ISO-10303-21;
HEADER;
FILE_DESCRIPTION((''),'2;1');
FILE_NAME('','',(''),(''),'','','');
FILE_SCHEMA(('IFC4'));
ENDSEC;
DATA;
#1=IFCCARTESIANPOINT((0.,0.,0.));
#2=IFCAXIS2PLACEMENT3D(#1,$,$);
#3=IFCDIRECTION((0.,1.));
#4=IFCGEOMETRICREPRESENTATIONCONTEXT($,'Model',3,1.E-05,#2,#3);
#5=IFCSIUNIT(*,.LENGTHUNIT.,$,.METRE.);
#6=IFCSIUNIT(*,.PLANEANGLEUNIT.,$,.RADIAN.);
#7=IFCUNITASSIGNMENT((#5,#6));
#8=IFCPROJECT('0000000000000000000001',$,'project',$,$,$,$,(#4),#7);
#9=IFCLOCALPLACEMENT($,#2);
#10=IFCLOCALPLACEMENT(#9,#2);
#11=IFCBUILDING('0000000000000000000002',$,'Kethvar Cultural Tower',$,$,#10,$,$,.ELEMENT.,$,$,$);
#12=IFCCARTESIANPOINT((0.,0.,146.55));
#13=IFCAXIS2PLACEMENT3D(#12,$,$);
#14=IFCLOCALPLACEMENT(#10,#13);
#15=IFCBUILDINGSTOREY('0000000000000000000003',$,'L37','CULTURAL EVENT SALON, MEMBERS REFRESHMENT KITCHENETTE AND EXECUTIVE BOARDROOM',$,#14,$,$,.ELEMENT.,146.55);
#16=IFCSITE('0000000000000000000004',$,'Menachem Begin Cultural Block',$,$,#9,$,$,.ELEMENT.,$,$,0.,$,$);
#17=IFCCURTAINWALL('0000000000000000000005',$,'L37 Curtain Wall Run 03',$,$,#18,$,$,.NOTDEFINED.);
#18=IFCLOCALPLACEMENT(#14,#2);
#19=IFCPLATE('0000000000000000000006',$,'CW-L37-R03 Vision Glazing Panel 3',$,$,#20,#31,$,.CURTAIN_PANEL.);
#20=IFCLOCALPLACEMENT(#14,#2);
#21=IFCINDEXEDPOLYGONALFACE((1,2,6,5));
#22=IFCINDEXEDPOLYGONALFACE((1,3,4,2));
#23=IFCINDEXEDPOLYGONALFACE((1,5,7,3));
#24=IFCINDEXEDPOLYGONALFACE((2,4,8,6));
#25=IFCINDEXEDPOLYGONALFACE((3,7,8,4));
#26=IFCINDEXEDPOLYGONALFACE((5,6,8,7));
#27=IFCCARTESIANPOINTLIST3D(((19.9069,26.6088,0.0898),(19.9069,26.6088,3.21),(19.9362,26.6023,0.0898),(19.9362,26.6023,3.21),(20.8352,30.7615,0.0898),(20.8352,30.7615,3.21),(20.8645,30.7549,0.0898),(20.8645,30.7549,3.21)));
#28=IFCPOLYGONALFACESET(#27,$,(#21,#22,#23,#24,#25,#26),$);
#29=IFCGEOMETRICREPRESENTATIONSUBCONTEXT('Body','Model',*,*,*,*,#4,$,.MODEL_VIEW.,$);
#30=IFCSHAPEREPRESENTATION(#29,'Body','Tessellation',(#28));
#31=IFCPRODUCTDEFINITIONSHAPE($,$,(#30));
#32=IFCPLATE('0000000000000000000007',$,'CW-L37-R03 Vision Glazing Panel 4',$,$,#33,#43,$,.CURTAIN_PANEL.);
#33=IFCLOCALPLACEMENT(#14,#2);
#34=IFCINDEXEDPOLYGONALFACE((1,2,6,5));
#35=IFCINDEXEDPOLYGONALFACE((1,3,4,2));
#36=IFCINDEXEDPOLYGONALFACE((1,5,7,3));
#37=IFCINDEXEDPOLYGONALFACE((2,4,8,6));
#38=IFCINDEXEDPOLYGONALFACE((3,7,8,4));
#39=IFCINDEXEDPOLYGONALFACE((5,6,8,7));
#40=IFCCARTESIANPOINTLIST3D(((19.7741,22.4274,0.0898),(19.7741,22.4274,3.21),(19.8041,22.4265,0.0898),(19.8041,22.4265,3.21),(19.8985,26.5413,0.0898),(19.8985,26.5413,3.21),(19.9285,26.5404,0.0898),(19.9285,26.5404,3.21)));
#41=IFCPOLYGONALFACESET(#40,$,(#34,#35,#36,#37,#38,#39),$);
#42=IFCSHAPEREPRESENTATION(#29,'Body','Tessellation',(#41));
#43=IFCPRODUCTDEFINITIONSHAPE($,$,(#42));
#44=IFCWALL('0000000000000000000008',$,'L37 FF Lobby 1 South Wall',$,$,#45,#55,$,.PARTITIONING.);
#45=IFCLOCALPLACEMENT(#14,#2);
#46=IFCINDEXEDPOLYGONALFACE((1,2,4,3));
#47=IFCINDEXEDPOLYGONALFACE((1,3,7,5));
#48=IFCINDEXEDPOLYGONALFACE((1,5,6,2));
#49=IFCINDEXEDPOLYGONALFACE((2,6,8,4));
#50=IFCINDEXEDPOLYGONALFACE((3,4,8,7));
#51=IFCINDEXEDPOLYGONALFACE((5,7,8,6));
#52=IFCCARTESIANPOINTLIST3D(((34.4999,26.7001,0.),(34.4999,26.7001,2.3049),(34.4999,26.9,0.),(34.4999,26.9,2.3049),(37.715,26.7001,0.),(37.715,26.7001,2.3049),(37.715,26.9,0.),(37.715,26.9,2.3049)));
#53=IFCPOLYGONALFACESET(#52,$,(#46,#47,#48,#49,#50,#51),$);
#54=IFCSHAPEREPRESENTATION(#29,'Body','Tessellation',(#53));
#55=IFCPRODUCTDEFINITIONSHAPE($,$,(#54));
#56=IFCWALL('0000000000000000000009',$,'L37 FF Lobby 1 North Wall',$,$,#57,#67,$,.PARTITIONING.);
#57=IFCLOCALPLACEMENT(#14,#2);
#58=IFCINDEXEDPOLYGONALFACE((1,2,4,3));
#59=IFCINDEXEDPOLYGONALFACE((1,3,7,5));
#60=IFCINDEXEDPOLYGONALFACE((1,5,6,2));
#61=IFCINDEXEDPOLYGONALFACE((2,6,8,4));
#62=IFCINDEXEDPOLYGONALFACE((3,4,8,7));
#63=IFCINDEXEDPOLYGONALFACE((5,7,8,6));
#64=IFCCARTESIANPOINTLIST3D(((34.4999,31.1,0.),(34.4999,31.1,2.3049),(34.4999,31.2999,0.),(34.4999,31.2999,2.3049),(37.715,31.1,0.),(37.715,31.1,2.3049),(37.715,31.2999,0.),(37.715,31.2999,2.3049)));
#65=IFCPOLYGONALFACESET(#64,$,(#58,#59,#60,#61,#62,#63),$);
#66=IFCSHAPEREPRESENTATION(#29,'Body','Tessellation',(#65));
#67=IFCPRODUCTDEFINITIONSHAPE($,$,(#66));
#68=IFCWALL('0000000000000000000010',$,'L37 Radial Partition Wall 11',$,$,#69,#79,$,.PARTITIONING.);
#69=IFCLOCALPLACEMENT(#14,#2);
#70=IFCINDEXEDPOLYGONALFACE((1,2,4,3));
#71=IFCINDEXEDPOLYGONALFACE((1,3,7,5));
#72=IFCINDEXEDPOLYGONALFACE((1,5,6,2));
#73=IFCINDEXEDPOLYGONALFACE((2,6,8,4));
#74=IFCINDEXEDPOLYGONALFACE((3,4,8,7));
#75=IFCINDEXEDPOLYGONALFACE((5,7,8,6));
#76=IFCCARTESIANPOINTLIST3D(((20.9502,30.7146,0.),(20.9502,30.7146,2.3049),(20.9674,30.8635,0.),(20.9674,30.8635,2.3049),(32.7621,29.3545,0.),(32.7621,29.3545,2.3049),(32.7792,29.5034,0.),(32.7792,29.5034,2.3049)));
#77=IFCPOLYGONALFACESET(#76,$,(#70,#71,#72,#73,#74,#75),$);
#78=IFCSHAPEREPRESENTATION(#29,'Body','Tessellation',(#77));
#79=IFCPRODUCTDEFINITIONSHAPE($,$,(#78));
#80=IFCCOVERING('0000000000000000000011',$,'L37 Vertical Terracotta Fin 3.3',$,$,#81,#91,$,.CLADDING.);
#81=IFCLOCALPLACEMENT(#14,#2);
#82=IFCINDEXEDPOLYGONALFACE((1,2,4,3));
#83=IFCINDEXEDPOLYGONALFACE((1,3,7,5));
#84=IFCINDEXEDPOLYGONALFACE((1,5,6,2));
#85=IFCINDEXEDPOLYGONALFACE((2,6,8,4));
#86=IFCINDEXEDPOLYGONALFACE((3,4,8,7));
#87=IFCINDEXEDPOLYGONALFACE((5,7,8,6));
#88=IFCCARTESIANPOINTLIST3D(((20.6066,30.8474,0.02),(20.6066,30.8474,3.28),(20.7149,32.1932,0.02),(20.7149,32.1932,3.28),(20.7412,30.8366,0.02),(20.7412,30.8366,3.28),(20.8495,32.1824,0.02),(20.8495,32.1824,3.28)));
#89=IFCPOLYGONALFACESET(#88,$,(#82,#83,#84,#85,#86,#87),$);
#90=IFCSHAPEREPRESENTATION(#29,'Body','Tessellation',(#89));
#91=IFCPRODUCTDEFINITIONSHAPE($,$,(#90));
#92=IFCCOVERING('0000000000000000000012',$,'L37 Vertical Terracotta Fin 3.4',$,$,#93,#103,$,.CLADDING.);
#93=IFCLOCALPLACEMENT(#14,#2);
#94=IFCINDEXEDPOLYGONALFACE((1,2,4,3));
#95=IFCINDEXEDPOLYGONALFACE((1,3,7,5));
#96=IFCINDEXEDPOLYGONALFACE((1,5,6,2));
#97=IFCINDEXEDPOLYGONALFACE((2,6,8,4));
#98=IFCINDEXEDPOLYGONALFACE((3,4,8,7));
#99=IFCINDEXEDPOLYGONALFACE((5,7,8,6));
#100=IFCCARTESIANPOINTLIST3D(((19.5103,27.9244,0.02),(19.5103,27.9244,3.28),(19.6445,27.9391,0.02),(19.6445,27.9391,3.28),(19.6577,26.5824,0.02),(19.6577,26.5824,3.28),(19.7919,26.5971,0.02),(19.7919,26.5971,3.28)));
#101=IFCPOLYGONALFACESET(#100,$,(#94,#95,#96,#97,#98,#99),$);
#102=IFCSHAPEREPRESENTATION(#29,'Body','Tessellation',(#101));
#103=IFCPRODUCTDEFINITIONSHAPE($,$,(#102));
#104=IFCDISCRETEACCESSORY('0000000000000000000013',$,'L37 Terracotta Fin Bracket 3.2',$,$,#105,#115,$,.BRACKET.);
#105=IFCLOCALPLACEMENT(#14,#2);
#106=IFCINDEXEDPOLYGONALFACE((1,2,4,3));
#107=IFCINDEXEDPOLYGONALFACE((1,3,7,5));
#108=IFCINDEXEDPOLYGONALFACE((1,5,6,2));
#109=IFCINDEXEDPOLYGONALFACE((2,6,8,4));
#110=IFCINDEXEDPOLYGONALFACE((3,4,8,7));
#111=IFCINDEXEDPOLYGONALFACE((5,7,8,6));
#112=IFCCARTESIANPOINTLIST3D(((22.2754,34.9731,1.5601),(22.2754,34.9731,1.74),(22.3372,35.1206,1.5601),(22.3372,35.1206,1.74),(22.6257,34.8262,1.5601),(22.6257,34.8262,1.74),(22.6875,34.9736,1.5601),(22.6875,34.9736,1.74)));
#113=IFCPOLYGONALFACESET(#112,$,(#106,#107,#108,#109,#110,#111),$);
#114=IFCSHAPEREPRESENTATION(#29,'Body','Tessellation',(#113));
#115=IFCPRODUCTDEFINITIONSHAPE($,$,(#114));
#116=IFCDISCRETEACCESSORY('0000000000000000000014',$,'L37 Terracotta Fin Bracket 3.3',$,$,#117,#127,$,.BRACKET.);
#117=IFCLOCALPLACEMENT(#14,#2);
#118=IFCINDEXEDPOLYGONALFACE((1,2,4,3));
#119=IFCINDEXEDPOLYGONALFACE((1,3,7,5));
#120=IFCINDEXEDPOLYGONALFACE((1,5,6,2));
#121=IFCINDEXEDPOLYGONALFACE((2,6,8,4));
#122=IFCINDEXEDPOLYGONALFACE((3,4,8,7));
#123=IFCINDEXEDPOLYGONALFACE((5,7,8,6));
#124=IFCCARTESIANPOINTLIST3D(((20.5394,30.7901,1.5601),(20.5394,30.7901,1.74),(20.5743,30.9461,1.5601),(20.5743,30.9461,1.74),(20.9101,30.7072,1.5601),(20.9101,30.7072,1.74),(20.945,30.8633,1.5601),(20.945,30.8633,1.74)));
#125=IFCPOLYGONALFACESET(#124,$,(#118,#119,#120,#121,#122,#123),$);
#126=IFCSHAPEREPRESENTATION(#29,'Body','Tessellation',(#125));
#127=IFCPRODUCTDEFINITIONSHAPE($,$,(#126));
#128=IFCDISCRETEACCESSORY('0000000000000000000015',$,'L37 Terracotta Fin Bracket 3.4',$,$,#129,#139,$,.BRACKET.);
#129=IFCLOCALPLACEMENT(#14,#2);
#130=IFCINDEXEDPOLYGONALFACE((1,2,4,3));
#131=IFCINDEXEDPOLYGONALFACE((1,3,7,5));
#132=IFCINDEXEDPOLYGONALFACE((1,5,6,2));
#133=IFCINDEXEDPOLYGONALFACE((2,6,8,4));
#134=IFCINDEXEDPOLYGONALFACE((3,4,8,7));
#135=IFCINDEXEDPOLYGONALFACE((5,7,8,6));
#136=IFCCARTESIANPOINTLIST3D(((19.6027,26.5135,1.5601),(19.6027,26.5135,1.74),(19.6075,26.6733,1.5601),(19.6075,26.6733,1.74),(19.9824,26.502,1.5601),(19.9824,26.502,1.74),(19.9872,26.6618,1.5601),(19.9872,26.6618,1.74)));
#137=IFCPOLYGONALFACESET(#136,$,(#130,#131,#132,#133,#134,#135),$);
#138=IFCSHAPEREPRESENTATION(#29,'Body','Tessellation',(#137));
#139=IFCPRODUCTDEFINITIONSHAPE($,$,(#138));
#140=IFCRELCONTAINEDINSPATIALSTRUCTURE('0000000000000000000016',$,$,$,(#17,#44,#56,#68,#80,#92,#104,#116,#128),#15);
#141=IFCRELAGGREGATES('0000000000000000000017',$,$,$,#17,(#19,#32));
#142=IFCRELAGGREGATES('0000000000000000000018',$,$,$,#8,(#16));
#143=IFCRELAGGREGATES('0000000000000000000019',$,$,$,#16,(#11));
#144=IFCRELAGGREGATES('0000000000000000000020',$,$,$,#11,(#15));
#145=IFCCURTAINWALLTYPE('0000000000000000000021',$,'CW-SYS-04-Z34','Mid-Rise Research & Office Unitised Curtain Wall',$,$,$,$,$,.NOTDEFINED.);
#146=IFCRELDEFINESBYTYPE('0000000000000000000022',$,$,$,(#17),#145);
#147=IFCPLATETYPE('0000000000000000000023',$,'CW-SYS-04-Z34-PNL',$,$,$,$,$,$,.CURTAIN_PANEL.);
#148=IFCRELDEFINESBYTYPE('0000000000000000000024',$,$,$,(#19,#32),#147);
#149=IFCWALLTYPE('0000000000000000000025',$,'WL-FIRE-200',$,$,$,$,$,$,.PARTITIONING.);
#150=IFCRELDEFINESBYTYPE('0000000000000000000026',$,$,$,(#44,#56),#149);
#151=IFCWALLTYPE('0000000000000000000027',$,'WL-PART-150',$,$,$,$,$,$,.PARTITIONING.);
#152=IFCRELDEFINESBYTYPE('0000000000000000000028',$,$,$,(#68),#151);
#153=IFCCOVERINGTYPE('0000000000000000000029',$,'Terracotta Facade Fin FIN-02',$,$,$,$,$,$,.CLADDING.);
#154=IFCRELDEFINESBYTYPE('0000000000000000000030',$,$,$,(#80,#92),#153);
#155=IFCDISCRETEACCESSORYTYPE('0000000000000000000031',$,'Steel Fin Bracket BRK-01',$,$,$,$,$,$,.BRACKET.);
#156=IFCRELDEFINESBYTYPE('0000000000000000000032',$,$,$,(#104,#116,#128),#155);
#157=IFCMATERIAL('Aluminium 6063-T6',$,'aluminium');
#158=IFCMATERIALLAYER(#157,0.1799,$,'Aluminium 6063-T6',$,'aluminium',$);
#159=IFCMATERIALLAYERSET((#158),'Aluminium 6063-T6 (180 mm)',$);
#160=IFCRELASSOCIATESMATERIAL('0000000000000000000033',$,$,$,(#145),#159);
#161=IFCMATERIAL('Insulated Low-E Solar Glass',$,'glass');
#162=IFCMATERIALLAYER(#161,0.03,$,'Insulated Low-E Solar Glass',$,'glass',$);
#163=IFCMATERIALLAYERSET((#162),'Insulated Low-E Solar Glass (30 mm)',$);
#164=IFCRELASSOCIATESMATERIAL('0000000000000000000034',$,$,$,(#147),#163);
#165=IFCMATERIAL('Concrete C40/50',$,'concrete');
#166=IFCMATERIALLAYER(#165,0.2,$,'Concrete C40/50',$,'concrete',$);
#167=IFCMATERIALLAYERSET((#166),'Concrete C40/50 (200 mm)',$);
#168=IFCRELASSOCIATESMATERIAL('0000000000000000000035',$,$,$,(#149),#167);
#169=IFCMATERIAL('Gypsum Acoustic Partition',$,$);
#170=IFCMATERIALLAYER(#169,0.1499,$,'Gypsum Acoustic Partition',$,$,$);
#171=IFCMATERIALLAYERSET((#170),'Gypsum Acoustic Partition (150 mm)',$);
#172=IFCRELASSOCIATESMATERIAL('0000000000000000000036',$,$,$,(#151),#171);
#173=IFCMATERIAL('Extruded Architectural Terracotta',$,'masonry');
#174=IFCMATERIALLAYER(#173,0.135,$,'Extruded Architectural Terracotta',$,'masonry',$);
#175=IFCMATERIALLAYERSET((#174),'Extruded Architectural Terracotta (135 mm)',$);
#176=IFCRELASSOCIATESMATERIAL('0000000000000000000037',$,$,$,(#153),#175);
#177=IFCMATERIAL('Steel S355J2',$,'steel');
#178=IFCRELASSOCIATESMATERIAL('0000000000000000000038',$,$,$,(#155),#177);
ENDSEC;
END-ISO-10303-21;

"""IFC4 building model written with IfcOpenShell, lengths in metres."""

from ifc_helpers import new_model, si_unit, direction, frame, frame_2d, origin, origin_2d, place, context, subcontext, project, spatial, rectangle, extrude, source, transform, mapped, material, layer, layer_set, type_object, element, aggregate, save


model = new_model("IFC4")

# Units and contexts
model_context = context("Model", 3, precision=1e-05, world=origin(), true_north=direction((0.0, 1.0)))
body_context = subcontext(model_context, "Body", "Model", "MODEL_VIEW")
ifc_project = project(units=[si_unit("LENGTHUNIT", "METRE"), si_unit("PLANEANGLEUNIT", "RADIAN")], contexts=[model_context])

# Site, building, storey
site_placement = place(None, origin())
site = spatial("IfcSite", under=ifc_project, at=site_placement, Name="Menachem Begin Cultural Block", CompositionType="ELEMENT", RefElevation=0.0)
building_placement = place(site_placement, origin())
building = spatial("IfcBuilding", under=site, at=building_placement, Name="Kethvar Cultural Tower", CompositionType="ELEMENT")
storey_placement = place(building_placement, frame((0.0, 0.0, 146.55)))
storey = spatial("IfcBuildingStorey", under=building, at=storey_placement, Name="L37", Description="CULTURAL EVENT SALON, MEMBERS REFRESHMENT KITCHENETTE AND EXECUTIVE BOARDROOM", CompositionType="ELEMENT", Elevation=146.55)

# Shared definitions
ifc_material_1 = material(Name="Steel S355J2", Category="steel")

# Curtain wall, plates
ifc_material_2 = material(Name="Aluminium 6063-T6", Category="aluminium")
ifc_layer_1 = layer(ifc_material_2, 0.1799, Name="Aluminium 6063-T6", Category="aluminium")
ifc_layer_set_1 = layer_set([ifc_layer_1], Name="Aluminium 6063-T6 (180 mm)")
curtain_wall_type = type_object("IfcCurtainWallType", Name="CW-SYS-04-Z34", Description="Mid-Rise Research & Office Unitised Curtain Wall", PredefinedType="NOTDEFINED", material=ifc_layer_set_1)
curtain_wall_placement = place(storey_placement, origin())
curtain_wall = element("IfcCurtainWall", 1, at=curtain_wall_placement, inside=storey, type_object=curtain_wall_type, Name="L37 Curtain Wall Run 03", PredefinedType="NOTDEFINED")
ifc_material_3 = material(Name="Insulated Low-E Solar Glass", Category="glass")
ifc_layer_2 = layer(ifc_material_3, 0.03, Name="Insulated Low-E Solar Glass", Category="glass")
ifc_layer_set_2 = layer_set([ifc_layer_2], Name="Insulated Low-E Solar Glass (30 mm)")
plate_type = type_object("IfcPlateType", Name="CW-SYS-04-Z34-PNL", PredefinedType="CURTAIN_PANEL", material=ifc_layer_set_2)
shared_shape_1 = source(origin(), body_context, "Body", "SweptSolid", [
    extrude(rectangle(XDim=4.2551, YDim=0.03, at=origin_2d()), origin(), (0.0, 0.0, 1.0), 3.1201),
])
plate_1_placement = place(storey_placement, frame((20.3857, 28.6819, 0.0898), z_axis=(0.0, 0.0, 1.0), x_axis=(-0.21816, -0.975913, 0.0)))
plate_1 = element("IfcPlate", 2, at=plate_1_placement, type_object=plate_type, Name="CW-L37-R03 Vision Glazing Panel 3", PredefinedType="CURTAIN_PANEL", context=body_context, shape_type="MappedRepresentation", body=[
    mapped(shared_shape_1, transform((0.0, 0.0, 0.0), scale=1.0)),
])
shared_shape_2 = source(origin(), body_context, "Body", "SweptSolid", [
    extrude(rectangle(XDim=4.1157, YDim=0.03, at=origin_2d()), origin(), (0.0, 0.0, 1.0), 3.1201),
])
plate_2_placement = place(storey_placement, frame((19.8513, 24.4839, 0.0898), z_axis=(0.0, 0.0, 1.0), x_axis=(-0.030224, -0.999543, 0.0)))
plate_2 = element("IfcPlate", 3, at=plate_2_placement, type_object=plate_type, Name="CW-L37-R03 Vision Glazing Panel 4", PredefinedType="CURTAIN_PANEL", context=body_context, shape_type="MappedRepresentation", body=[
    mapped(shared_shape_2, transform((0.0, 0.0, 0.0), scale=1.0)),
])
aggregate(curtain_wall, [plate_1, plate_2])

# Shared definitions
ifc_material_4 = material(Name="Concrete C40/50", Category="concrete")
ifc_layer_3 = layer(ifc_material_4, 0.2, Name="Concrete C40/50", Category="concrete")
ifc_layer_set_3 = layer_set([ifc_layer_3], Name="Concrete C40/50 (200 mm)")
wall_type_1 = type_object("IfcWallType", Name="WL-FIRE-200", PredefinedType="PARTITIONING", material=ifc_layer_set_3)

# Walls
for number, where, z_axis, x_axis, name in (
    (4, (34.5, 26.8, 0.0), (0.0, 0.0, 1.0), (1.0, 0.0, 0.0), "L37 FF Lobby 1 South Wall"),
    (5, (34.5, 31.2, 0.0), (0.0, 0.0, 1.0), (1.0, 0.0, 0.0), "L37 FF Lobby 1 North Wall"),
):
    element("IfcWall", number, at=place(storey_placement, frame(where, z_axis=z_axis, x_axis=x_axis)), inside=storey, type_object=wall_type_1, Name=name, PredefinedType="PARTITIONING", context=body_context, shape_type="SweptSolid", body=[
        extrude(rectangle(XDim=3.2151, YDim=0.2, at=frame_2d((1.6074, 0.0))), origin(), (0.0, 0.0, 1.0), 2.3049),
    ])
ifc_material_5 = material(Name="Gypsum Acoustic Partition")
ifc_layer_4 = layer(ifc_material_5, 0.1499, Name="Gypsum Acoustic Partition")
ifc_layer_set_4 = layer_set([ifc_layer_4], Name="Gypsum Acoustic Partition (150 mm)")
wall_type_2 = type_object("IfcWallType", Name="WL-PART-150", PredefinedType="PARTITIONING", material=ifc_layer_set_4)
wall_1_placement = place(storey_placement, frame((32.7705, 29.429, 0.0), z_axis=(0.0, 0.0, 1.0), x_axis=(-0.993436, 0.114393, 0.0)))
element("IfcWall", 6, at=wall_1_placement, inside=storey, type_object=wall_type_2, Name="L37 Radial Partition Wall 11", PredefinedType="PARTITIONING", context=body_context, shape_type="SweptSolid", body=[
    extrude(rectangle(XDim=11.8899, YDim=0.1499, at=frame_2d((5.9448, 0.0))), origin(), (0.0, 0.0, 1.0), 2.3049),
])

# Coverings
ifc_material_6 = material(Name="Extruded Architectural Terracotta", Category="masonry")
ifc_layer_5 = layer(ifc_material_6, 0.135, Name="Extruded Architectural Terracotta", Category="masonry")
ifc_layer_set_5 = layer_set([ifc_layer_5], Name="Extruded Architectural Terracotta (135 mm)")
covering_type = type_object("IfcCoveringType", Name="Terracotta Facade Fin FIN-02", PredefinedType="CLADDING", material=ifc_layer_set_5)
shared_shape_3 = source(origin(), body_context, "Body", "SweptSolid", [
    extrude(rectangle(XDim=1.3501, YDim=0.135, at=origin_2d()), origin(), (0.0, 0.0, 1.0), 3.26),
])
for number, where, z_axis, x_axis, name in (
    (7, (20.728, 31.5149, 0.02), (0.0, 0.0, 1.0), (0.080199, 0.996779, 0.0), "L37 Vertical Terracotta Fin 3.3"),
    (8, (19.6511, 27.2607, 0.02), (0.0, 0.0, 1.0), (-0.109214, 0.994018, 0.0), "L37 Vertical Terracotta Fin 3.4"),
):
    element("IfcCovering", number, at=place(storey_placement, frame(where, z_axis=z_axis, x_axis=x_axis)), inside=storey, type_object=covering_type, Name=name, PredefinedType="CLADDING", context=body_context, shape_type="MappedRepresentation", body=[
        mapped(shared_shape_3, transform((0.0, 0.0, 0.0), scale=1.0)),
    ])

# Discrete accessories
discrete_accessory_type = type_object("IfcDiscreteAccessoryType", Name="Steel Fin Bracket BRK-01", PredefinedType="BRACKET", material=ifc_material_1)
shared_shape_4 = source(origin(), body_context, "Body", "SweptSolid", [
    extrude(rectangle(XDim=0.3799, YDim=0.1599, at=origin_2d()), origin(), (0.0, 0.0, 1.0), 0.1799),
])
for number, where, z_axis, x_axis, name in (
    (9, (22.4814, 34.9734, 1.5601), (0.0, 0.0, 1.0), (-0.922133, 0.386872, 0.0), "L37 Terracotta Fin Bracket 3.2"),
    (10, (20.7422, 30.8267, 1.5601), (0.0, 0.0, 1.0), (-0.975917, 0.218143, 0.0), "L37 Terracotta Fin Bracket 3.3"),
    (11, (19.7949, 26.5876, 1.5601), (0.0, 0.0, 1.0), (-0.999544, 0.03019, 0.0), "L37 Terracotta Fin Bracket 3.4"),
):
    element("IfcDiscreteAccessory", number, at=place(storey_placement, frame(where, z_axis=z_axis, x_axis=x_axis)), inside=storey, type_object=discrete_accessory_type, Name=name, PredefinedType="BRACKET", context=body_context, shape_type="MappedRepresentation", body=[
        mapped(shared_shape_4, transform((0.0, 0.0, 0.0), scale=1.0)),
    ])

save(model, "model.ifc")
